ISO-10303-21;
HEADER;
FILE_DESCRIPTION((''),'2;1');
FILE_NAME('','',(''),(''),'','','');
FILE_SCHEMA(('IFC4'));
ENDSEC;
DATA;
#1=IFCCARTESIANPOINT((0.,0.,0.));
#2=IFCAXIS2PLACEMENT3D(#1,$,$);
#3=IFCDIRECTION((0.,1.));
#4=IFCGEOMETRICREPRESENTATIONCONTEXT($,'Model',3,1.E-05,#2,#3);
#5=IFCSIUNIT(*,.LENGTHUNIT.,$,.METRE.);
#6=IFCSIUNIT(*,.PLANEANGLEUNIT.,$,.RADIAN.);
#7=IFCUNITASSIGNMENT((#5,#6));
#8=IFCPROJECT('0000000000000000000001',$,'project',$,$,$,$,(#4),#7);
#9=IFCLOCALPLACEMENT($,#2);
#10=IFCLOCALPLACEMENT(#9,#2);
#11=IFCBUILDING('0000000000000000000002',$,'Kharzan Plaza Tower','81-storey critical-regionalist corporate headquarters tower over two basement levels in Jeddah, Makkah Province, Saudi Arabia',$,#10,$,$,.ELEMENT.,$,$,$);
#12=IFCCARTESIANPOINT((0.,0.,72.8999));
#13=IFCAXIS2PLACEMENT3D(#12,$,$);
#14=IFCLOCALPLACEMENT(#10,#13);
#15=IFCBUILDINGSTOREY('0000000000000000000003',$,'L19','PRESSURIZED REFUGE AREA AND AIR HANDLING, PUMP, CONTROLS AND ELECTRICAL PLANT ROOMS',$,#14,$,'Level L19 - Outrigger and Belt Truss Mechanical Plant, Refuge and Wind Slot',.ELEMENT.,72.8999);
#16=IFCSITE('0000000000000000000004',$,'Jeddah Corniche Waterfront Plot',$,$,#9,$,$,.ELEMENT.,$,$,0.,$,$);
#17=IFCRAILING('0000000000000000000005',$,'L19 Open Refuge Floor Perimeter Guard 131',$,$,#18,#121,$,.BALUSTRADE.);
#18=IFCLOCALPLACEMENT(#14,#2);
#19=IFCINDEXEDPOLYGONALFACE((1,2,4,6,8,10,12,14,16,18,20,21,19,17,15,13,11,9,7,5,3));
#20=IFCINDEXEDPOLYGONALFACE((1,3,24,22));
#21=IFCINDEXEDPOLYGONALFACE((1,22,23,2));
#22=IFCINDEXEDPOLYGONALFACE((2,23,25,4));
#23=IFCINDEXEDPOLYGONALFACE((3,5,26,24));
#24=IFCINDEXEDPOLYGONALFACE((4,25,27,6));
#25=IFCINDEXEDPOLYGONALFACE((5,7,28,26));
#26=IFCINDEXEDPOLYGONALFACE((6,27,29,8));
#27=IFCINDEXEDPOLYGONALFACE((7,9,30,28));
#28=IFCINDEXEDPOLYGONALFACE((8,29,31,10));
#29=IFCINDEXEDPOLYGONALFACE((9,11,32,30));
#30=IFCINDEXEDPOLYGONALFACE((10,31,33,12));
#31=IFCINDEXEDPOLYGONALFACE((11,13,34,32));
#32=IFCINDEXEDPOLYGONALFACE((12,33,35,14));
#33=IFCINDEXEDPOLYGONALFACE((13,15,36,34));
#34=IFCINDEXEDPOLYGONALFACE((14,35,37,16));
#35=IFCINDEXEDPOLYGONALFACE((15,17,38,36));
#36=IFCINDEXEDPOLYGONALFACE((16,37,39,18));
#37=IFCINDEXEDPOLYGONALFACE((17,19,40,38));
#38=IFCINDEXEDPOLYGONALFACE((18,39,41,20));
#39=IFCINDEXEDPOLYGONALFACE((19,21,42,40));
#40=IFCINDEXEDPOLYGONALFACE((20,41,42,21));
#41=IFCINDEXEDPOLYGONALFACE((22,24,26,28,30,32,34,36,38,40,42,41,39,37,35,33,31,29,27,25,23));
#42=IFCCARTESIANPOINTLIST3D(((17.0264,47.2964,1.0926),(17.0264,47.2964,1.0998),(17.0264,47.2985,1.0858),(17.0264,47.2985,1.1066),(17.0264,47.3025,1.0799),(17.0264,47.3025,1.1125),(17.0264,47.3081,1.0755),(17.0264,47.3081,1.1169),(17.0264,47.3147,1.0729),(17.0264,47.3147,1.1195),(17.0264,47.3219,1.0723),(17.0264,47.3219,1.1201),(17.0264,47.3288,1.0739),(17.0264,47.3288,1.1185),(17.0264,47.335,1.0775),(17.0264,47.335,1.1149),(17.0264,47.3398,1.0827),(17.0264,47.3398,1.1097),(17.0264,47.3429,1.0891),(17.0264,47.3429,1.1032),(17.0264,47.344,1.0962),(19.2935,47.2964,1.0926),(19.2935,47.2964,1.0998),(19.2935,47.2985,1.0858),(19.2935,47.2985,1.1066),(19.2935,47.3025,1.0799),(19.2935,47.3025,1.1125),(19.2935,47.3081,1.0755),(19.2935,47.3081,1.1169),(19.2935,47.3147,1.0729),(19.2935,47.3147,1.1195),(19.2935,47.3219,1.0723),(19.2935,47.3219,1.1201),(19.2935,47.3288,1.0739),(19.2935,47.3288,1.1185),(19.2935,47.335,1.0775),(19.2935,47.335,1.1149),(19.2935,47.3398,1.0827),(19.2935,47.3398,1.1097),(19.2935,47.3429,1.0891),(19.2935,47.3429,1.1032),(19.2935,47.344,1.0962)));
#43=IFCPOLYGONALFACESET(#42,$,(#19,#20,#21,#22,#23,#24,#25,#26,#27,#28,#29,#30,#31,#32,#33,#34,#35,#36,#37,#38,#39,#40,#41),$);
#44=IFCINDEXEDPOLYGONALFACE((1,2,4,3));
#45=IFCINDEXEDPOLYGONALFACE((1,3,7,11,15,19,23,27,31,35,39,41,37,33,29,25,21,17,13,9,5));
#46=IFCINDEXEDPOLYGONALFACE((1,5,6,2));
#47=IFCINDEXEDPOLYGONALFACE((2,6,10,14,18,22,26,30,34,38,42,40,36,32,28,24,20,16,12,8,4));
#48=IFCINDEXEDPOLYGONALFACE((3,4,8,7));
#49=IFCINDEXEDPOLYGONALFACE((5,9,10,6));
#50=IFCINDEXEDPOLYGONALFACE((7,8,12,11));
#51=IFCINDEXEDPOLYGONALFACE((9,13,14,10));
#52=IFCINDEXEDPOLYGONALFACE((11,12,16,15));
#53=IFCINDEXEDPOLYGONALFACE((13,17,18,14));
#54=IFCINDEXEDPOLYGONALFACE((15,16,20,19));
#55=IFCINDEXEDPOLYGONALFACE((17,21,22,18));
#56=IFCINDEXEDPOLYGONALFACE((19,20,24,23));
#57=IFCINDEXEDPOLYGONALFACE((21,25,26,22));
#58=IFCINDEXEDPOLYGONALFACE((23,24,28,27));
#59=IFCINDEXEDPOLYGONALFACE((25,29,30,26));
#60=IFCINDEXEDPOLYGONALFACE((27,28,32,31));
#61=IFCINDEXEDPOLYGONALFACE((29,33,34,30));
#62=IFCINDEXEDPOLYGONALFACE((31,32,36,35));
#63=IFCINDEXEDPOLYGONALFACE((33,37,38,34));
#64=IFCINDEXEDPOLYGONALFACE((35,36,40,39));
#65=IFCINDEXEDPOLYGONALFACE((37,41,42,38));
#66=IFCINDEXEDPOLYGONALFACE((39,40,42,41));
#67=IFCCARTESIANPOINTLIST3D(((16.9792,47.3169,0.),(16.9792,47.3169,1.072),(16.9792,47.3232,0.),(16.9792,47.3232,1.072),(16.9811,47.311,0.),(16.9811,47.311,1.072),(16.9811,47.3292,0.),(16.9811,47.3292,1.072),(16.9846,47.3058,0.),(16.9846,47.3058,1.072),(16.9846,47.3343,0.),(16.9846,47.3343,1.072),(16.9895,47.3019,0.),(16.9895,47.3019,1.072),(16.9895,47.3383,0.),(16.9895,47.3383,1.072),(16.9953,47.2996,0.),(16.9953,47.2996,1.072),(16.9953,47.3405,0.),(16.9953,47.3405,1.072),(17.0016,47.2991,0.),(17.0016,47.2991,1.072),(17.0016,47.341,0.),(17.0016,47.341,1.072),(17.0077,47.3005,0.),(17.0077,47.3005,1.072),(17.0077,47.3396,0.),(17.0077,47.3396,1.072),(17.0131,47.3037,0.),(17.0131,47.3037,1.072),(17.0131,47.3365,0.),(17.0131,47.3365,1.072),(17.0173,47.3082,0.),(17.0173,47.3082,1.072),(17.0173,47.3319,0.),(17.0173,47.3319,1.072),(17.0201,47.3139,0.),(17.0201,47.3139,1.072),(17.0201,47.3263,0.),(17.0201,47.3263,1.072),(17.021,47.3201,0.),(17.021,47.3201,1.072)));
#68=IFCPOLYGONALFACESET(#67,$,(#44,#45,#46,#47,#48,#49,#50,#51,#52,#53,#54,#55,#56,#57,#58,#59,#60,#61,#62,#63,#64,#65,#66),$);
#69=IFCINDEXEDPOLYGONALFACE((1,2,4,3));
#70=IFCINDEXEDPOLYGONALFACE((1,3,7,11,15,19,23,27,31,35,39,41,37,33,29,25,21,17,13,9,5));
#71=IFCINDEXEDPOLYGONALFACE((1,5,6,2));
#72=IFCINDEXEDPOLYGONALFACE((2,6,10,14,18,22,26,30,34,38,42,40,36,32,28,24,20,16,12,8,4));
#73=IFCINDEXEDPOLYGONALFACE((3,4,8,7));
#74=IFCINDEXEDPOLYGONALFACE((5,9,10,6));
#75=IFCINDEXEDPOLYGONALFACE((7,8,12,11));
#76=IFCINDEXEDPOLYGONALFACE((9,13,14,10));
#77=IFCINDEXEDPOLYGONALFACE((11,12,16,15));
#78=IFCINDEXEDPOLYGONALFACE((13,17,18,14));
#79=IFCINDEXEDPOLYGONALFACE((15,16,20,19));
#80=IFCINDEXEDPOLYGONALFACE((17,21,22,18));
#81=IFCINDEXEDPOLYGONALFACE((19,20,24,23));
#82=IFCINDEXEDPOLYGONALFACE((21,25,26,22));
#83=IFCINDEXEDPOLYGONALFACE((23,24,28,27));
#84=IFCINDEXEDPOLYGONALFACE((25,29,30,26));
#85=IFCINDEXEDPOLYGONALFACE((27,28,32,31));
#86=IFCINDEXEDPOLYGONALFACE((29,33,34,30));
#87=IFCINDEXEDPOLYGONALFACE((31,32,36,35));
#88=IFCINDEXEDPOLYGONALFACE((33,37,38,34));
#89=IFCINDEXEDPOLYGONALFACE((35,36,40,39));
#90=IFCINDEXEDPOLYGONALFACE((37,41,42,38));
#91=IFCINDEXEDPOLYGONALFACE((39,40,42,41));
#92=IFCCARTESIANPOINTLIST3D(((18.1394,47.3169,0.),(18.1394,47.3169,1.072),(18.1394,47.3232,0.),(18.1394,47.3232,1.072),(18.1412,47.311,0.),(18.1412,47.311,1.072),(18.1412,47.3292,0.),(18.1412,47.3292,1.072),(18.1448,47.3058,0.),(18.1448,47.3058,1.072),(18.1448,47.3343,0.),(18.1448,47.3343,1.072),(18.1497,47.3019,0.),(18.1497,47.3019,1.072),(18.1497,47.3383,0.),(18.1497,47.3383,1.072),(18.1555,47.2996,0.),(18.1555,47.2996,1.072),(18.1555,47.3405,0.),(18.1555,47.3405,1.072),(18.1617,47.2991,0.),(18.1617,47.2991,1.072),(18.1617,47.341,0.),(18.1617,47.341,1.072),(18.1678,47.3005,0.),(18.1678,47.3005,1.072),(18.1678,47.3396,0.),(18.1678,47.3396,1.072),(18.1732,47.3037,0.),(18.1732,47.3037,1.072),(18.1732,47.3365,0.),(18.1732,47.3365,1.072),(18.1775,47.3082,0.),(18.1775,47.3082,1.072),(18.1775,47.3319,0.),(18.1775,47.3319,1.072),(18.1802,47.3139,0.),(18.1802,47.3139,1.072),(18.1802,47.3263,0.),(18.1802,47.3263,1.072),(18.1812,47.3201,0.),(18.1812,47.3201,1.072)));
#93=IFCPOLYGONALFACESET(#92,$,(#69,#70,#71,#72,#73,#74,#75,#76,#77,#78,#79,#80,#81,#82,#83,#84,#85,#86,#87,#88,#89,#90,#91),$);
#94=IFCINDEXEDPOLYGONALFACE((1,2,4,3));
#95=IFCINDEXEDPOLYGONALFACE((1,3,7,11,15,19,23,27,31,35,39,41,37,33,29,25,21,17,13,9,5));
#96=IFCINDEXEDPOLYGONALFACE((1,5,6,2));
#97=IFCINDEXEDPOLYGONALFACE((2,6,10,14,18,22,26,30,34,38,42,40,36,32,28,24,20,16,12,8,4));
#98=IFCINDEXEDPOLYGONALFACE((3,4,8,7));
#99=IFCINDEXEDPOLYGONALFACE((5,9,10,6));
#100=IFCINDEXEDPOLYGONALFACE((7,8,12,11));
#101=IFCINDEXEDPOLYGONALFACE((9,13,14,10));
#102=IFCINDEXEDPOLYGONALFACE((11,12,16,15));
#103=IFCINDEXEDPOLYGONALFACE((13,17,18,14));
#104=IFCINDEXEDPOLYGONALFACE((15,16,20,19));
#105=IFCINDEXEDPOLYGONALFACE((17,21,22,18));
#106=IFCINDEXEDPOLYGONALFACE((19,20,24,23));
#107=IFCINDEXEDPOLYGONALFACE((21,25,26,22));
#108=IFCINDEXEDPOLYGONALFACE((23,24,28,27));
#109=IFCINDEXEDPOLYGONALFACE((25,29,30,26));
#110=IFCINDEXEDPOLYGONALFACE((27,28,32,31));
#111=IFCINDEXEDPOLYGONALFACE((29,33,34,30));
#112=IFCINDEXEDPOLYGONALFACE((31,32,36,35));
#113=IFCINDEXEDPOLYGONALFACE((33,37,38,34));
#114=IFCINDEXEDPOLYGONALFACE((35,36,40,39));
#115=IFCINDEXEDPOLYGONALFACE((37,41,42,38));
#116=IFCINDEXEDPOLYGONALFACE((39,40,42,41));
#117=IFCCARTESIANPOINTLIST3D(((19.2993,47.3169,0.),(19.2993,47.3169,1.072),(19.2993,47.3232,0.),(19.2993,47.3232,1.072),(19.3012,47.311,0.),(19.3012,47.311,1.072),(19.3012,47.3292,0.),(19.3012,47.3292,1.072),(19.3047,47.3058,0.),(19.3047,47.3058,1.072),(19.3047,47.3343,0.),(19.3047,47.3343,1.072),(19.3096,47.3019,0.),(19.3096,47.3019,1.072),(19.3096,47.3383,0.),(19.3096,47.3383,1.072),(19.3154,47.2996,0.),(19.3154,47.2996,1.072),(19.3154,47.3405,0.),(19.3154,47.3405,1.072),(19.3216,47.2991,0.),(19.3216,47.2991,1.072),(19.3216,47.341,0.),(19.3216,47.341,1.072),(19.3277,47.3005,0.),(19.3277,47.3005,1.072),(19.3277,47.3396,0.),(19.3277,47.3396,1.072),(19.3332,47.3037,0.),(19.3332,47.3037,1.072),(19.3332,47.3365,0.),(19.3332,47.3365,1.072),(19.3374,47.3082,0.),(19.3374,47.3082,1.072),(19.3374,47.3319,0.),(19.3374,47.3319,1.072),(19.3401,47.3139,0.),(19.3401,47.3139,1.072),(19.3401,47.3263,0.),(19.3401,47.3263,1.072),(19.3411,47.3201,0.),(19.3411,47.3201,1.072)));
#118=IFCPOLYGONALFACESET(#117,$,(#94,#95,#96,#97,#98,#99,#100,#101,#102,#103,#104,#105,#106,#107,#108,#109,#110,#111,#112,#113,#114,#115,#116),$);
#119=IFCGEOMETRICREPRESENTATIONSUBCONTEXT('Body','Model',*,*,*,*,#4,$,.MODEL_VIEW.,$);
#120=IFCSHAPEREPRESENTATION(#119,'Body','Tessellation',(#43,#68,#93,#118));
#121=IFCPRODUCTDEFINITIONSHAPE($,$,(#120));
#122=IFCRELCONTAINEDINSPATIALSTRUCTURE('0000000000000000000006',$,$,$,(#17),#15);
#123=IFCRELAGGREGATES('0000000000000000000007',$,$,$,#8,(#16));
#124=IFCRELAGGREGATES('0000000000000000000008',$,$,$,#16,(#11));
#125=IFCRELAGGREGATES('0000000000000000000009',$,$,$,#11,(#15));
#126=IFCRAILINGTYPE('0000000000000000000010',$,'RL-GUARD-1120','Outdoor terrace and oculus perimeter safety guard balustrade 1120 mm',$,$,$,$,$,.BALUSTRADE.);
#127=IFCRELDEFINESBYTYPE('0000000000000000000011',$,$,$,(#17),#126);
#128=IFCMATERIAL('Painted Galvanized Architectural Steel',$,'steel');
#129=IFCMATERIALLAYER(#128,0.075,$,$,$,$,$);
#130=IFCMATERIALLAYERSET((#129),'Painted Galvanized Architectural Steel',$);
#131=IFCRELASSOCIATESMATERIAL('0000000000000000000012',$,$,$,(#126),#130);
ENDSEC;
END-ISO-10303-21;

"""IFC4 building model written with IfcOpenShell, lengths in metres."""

from ifc_helpers import new_model, si_unit, direction, frame, origin, origin_2d, place, context, subcontext, project, spatial, circle, extrude, source, transform, mapped, material, layer, layer_set, type_object, element, save


model = new_model("IFC4")

# Units and contexts
model_context = context("Model", 3, precision=1e-05, world=origin(), true_north=direction((0.0, 1.0)))
body_context = subcontext(model_context, "Body", "Model", "MODEL_VIEW")
ifc_project = project(units=[si_unit("LENGTHUNIT", "METRE"), si_unit("PLANEANGLEUNIT", "RADIAN")], contexts=[model_context])

# Site, building, storey
site_placement = place(None, origin())
site = spatial("IfcSite", under=ifc_project, at=site_placement, Name="Jeddah Corniche Waterfront Plot", CompositionType="ELEMENT", RefElevation=0.0)
building_placement = place(site_placement, origin())
building = spatial("IfcBuilding", under=site, at=building_placement, Name="Kharzan Plaza Tower", Description="81-storey critical-regionalist corporate headquarters tower over two basement levels in Jeddah, Makkah Province, Saudi Arabia", CompositionType="ELEMENT")
storey_placement = place(building_placement, frame((0.0, 0.0, 72.8999)))
storey = spatial("IfcBuildingStorey", under=building, at=storey_placement, Name="L19", Description="PRESSURIZED REFUGE AREA AND AIR HANDLING, PUMP, CONTROLS AND ELECTRICAL PLANT ROOMS", LongName="Level L19 - Outrigger and Belt Truss Mechanical Plant, Refuge and Wind Slot", CompositionType="ELEMENT", Elevation=72.8999)

# Railing
ifc_material_1 = material(Name="Painted Galvanized Architectural Steel", Category="steel")
ifc_layer = layer(ifc_material_1, 0.075)
ifc_layer_set = layer_set([ifc_layer], Name="Painted Galvanized Architectural Steel")
railing_type = type_object("IfcRailingType", Name="RL-GUARD-1120", Description="Outdoor terrace and oculus perimeter safety guard balustrade 1120 mm", PredefinedType="BALUSTRADE", material=ifc_layer_set)
shared_shape_1 = source(origin(), body_context, "Body", "SweptSolid", [
    extrude(circle(Radius=0.0239, at=origin_2d()), frame((0.0264, 0.0, 1.0962), z_axis=(1.0, 0.0, 0.0), x_axis=(0.0, 1.0, 0.0)), (0.0, 0.0, 1.0), 2.2671),
    extrude(circle(Radius=0.021, at=origin_2d()), origin(), (0.0, 0.0, 1.0), 1.072),
    extrude(circle(Radius=0.021, at=origin_2d()), frame((1.1602, 0.0, 0.0)), (0.0, 0.0, 1.0), 1.072),
    extrude(circle(Radius=0.021, at=origin_2d()), frame((2.3201, 0.0, 0.0)), (0.0, 0.0, 1.0), 1.072),
])
for number, where, name in (
    (1, (17.0, 47.3201, 0.0), "L19 Open Refuge Floor Perimeter Guard 131"),
):
    element("IfcRailing", number, at=place(storey_placement, frame(where)), inside=storey, type_object=railing_type, Name=name, PredefinedType="BALUSTRADE", context=body_context, shape_type="MappedRepresentation", body=[
        mapped(shared_shape_1, transform((0.0, 0.0, 0.0), x_axis=(1.0, 0.0, 0.0), y_axis=(0.0, 1.0, 0.0), z_axis=(0.0, 0.0, 1.0))),
    ])

save(model, "model.ifc")
